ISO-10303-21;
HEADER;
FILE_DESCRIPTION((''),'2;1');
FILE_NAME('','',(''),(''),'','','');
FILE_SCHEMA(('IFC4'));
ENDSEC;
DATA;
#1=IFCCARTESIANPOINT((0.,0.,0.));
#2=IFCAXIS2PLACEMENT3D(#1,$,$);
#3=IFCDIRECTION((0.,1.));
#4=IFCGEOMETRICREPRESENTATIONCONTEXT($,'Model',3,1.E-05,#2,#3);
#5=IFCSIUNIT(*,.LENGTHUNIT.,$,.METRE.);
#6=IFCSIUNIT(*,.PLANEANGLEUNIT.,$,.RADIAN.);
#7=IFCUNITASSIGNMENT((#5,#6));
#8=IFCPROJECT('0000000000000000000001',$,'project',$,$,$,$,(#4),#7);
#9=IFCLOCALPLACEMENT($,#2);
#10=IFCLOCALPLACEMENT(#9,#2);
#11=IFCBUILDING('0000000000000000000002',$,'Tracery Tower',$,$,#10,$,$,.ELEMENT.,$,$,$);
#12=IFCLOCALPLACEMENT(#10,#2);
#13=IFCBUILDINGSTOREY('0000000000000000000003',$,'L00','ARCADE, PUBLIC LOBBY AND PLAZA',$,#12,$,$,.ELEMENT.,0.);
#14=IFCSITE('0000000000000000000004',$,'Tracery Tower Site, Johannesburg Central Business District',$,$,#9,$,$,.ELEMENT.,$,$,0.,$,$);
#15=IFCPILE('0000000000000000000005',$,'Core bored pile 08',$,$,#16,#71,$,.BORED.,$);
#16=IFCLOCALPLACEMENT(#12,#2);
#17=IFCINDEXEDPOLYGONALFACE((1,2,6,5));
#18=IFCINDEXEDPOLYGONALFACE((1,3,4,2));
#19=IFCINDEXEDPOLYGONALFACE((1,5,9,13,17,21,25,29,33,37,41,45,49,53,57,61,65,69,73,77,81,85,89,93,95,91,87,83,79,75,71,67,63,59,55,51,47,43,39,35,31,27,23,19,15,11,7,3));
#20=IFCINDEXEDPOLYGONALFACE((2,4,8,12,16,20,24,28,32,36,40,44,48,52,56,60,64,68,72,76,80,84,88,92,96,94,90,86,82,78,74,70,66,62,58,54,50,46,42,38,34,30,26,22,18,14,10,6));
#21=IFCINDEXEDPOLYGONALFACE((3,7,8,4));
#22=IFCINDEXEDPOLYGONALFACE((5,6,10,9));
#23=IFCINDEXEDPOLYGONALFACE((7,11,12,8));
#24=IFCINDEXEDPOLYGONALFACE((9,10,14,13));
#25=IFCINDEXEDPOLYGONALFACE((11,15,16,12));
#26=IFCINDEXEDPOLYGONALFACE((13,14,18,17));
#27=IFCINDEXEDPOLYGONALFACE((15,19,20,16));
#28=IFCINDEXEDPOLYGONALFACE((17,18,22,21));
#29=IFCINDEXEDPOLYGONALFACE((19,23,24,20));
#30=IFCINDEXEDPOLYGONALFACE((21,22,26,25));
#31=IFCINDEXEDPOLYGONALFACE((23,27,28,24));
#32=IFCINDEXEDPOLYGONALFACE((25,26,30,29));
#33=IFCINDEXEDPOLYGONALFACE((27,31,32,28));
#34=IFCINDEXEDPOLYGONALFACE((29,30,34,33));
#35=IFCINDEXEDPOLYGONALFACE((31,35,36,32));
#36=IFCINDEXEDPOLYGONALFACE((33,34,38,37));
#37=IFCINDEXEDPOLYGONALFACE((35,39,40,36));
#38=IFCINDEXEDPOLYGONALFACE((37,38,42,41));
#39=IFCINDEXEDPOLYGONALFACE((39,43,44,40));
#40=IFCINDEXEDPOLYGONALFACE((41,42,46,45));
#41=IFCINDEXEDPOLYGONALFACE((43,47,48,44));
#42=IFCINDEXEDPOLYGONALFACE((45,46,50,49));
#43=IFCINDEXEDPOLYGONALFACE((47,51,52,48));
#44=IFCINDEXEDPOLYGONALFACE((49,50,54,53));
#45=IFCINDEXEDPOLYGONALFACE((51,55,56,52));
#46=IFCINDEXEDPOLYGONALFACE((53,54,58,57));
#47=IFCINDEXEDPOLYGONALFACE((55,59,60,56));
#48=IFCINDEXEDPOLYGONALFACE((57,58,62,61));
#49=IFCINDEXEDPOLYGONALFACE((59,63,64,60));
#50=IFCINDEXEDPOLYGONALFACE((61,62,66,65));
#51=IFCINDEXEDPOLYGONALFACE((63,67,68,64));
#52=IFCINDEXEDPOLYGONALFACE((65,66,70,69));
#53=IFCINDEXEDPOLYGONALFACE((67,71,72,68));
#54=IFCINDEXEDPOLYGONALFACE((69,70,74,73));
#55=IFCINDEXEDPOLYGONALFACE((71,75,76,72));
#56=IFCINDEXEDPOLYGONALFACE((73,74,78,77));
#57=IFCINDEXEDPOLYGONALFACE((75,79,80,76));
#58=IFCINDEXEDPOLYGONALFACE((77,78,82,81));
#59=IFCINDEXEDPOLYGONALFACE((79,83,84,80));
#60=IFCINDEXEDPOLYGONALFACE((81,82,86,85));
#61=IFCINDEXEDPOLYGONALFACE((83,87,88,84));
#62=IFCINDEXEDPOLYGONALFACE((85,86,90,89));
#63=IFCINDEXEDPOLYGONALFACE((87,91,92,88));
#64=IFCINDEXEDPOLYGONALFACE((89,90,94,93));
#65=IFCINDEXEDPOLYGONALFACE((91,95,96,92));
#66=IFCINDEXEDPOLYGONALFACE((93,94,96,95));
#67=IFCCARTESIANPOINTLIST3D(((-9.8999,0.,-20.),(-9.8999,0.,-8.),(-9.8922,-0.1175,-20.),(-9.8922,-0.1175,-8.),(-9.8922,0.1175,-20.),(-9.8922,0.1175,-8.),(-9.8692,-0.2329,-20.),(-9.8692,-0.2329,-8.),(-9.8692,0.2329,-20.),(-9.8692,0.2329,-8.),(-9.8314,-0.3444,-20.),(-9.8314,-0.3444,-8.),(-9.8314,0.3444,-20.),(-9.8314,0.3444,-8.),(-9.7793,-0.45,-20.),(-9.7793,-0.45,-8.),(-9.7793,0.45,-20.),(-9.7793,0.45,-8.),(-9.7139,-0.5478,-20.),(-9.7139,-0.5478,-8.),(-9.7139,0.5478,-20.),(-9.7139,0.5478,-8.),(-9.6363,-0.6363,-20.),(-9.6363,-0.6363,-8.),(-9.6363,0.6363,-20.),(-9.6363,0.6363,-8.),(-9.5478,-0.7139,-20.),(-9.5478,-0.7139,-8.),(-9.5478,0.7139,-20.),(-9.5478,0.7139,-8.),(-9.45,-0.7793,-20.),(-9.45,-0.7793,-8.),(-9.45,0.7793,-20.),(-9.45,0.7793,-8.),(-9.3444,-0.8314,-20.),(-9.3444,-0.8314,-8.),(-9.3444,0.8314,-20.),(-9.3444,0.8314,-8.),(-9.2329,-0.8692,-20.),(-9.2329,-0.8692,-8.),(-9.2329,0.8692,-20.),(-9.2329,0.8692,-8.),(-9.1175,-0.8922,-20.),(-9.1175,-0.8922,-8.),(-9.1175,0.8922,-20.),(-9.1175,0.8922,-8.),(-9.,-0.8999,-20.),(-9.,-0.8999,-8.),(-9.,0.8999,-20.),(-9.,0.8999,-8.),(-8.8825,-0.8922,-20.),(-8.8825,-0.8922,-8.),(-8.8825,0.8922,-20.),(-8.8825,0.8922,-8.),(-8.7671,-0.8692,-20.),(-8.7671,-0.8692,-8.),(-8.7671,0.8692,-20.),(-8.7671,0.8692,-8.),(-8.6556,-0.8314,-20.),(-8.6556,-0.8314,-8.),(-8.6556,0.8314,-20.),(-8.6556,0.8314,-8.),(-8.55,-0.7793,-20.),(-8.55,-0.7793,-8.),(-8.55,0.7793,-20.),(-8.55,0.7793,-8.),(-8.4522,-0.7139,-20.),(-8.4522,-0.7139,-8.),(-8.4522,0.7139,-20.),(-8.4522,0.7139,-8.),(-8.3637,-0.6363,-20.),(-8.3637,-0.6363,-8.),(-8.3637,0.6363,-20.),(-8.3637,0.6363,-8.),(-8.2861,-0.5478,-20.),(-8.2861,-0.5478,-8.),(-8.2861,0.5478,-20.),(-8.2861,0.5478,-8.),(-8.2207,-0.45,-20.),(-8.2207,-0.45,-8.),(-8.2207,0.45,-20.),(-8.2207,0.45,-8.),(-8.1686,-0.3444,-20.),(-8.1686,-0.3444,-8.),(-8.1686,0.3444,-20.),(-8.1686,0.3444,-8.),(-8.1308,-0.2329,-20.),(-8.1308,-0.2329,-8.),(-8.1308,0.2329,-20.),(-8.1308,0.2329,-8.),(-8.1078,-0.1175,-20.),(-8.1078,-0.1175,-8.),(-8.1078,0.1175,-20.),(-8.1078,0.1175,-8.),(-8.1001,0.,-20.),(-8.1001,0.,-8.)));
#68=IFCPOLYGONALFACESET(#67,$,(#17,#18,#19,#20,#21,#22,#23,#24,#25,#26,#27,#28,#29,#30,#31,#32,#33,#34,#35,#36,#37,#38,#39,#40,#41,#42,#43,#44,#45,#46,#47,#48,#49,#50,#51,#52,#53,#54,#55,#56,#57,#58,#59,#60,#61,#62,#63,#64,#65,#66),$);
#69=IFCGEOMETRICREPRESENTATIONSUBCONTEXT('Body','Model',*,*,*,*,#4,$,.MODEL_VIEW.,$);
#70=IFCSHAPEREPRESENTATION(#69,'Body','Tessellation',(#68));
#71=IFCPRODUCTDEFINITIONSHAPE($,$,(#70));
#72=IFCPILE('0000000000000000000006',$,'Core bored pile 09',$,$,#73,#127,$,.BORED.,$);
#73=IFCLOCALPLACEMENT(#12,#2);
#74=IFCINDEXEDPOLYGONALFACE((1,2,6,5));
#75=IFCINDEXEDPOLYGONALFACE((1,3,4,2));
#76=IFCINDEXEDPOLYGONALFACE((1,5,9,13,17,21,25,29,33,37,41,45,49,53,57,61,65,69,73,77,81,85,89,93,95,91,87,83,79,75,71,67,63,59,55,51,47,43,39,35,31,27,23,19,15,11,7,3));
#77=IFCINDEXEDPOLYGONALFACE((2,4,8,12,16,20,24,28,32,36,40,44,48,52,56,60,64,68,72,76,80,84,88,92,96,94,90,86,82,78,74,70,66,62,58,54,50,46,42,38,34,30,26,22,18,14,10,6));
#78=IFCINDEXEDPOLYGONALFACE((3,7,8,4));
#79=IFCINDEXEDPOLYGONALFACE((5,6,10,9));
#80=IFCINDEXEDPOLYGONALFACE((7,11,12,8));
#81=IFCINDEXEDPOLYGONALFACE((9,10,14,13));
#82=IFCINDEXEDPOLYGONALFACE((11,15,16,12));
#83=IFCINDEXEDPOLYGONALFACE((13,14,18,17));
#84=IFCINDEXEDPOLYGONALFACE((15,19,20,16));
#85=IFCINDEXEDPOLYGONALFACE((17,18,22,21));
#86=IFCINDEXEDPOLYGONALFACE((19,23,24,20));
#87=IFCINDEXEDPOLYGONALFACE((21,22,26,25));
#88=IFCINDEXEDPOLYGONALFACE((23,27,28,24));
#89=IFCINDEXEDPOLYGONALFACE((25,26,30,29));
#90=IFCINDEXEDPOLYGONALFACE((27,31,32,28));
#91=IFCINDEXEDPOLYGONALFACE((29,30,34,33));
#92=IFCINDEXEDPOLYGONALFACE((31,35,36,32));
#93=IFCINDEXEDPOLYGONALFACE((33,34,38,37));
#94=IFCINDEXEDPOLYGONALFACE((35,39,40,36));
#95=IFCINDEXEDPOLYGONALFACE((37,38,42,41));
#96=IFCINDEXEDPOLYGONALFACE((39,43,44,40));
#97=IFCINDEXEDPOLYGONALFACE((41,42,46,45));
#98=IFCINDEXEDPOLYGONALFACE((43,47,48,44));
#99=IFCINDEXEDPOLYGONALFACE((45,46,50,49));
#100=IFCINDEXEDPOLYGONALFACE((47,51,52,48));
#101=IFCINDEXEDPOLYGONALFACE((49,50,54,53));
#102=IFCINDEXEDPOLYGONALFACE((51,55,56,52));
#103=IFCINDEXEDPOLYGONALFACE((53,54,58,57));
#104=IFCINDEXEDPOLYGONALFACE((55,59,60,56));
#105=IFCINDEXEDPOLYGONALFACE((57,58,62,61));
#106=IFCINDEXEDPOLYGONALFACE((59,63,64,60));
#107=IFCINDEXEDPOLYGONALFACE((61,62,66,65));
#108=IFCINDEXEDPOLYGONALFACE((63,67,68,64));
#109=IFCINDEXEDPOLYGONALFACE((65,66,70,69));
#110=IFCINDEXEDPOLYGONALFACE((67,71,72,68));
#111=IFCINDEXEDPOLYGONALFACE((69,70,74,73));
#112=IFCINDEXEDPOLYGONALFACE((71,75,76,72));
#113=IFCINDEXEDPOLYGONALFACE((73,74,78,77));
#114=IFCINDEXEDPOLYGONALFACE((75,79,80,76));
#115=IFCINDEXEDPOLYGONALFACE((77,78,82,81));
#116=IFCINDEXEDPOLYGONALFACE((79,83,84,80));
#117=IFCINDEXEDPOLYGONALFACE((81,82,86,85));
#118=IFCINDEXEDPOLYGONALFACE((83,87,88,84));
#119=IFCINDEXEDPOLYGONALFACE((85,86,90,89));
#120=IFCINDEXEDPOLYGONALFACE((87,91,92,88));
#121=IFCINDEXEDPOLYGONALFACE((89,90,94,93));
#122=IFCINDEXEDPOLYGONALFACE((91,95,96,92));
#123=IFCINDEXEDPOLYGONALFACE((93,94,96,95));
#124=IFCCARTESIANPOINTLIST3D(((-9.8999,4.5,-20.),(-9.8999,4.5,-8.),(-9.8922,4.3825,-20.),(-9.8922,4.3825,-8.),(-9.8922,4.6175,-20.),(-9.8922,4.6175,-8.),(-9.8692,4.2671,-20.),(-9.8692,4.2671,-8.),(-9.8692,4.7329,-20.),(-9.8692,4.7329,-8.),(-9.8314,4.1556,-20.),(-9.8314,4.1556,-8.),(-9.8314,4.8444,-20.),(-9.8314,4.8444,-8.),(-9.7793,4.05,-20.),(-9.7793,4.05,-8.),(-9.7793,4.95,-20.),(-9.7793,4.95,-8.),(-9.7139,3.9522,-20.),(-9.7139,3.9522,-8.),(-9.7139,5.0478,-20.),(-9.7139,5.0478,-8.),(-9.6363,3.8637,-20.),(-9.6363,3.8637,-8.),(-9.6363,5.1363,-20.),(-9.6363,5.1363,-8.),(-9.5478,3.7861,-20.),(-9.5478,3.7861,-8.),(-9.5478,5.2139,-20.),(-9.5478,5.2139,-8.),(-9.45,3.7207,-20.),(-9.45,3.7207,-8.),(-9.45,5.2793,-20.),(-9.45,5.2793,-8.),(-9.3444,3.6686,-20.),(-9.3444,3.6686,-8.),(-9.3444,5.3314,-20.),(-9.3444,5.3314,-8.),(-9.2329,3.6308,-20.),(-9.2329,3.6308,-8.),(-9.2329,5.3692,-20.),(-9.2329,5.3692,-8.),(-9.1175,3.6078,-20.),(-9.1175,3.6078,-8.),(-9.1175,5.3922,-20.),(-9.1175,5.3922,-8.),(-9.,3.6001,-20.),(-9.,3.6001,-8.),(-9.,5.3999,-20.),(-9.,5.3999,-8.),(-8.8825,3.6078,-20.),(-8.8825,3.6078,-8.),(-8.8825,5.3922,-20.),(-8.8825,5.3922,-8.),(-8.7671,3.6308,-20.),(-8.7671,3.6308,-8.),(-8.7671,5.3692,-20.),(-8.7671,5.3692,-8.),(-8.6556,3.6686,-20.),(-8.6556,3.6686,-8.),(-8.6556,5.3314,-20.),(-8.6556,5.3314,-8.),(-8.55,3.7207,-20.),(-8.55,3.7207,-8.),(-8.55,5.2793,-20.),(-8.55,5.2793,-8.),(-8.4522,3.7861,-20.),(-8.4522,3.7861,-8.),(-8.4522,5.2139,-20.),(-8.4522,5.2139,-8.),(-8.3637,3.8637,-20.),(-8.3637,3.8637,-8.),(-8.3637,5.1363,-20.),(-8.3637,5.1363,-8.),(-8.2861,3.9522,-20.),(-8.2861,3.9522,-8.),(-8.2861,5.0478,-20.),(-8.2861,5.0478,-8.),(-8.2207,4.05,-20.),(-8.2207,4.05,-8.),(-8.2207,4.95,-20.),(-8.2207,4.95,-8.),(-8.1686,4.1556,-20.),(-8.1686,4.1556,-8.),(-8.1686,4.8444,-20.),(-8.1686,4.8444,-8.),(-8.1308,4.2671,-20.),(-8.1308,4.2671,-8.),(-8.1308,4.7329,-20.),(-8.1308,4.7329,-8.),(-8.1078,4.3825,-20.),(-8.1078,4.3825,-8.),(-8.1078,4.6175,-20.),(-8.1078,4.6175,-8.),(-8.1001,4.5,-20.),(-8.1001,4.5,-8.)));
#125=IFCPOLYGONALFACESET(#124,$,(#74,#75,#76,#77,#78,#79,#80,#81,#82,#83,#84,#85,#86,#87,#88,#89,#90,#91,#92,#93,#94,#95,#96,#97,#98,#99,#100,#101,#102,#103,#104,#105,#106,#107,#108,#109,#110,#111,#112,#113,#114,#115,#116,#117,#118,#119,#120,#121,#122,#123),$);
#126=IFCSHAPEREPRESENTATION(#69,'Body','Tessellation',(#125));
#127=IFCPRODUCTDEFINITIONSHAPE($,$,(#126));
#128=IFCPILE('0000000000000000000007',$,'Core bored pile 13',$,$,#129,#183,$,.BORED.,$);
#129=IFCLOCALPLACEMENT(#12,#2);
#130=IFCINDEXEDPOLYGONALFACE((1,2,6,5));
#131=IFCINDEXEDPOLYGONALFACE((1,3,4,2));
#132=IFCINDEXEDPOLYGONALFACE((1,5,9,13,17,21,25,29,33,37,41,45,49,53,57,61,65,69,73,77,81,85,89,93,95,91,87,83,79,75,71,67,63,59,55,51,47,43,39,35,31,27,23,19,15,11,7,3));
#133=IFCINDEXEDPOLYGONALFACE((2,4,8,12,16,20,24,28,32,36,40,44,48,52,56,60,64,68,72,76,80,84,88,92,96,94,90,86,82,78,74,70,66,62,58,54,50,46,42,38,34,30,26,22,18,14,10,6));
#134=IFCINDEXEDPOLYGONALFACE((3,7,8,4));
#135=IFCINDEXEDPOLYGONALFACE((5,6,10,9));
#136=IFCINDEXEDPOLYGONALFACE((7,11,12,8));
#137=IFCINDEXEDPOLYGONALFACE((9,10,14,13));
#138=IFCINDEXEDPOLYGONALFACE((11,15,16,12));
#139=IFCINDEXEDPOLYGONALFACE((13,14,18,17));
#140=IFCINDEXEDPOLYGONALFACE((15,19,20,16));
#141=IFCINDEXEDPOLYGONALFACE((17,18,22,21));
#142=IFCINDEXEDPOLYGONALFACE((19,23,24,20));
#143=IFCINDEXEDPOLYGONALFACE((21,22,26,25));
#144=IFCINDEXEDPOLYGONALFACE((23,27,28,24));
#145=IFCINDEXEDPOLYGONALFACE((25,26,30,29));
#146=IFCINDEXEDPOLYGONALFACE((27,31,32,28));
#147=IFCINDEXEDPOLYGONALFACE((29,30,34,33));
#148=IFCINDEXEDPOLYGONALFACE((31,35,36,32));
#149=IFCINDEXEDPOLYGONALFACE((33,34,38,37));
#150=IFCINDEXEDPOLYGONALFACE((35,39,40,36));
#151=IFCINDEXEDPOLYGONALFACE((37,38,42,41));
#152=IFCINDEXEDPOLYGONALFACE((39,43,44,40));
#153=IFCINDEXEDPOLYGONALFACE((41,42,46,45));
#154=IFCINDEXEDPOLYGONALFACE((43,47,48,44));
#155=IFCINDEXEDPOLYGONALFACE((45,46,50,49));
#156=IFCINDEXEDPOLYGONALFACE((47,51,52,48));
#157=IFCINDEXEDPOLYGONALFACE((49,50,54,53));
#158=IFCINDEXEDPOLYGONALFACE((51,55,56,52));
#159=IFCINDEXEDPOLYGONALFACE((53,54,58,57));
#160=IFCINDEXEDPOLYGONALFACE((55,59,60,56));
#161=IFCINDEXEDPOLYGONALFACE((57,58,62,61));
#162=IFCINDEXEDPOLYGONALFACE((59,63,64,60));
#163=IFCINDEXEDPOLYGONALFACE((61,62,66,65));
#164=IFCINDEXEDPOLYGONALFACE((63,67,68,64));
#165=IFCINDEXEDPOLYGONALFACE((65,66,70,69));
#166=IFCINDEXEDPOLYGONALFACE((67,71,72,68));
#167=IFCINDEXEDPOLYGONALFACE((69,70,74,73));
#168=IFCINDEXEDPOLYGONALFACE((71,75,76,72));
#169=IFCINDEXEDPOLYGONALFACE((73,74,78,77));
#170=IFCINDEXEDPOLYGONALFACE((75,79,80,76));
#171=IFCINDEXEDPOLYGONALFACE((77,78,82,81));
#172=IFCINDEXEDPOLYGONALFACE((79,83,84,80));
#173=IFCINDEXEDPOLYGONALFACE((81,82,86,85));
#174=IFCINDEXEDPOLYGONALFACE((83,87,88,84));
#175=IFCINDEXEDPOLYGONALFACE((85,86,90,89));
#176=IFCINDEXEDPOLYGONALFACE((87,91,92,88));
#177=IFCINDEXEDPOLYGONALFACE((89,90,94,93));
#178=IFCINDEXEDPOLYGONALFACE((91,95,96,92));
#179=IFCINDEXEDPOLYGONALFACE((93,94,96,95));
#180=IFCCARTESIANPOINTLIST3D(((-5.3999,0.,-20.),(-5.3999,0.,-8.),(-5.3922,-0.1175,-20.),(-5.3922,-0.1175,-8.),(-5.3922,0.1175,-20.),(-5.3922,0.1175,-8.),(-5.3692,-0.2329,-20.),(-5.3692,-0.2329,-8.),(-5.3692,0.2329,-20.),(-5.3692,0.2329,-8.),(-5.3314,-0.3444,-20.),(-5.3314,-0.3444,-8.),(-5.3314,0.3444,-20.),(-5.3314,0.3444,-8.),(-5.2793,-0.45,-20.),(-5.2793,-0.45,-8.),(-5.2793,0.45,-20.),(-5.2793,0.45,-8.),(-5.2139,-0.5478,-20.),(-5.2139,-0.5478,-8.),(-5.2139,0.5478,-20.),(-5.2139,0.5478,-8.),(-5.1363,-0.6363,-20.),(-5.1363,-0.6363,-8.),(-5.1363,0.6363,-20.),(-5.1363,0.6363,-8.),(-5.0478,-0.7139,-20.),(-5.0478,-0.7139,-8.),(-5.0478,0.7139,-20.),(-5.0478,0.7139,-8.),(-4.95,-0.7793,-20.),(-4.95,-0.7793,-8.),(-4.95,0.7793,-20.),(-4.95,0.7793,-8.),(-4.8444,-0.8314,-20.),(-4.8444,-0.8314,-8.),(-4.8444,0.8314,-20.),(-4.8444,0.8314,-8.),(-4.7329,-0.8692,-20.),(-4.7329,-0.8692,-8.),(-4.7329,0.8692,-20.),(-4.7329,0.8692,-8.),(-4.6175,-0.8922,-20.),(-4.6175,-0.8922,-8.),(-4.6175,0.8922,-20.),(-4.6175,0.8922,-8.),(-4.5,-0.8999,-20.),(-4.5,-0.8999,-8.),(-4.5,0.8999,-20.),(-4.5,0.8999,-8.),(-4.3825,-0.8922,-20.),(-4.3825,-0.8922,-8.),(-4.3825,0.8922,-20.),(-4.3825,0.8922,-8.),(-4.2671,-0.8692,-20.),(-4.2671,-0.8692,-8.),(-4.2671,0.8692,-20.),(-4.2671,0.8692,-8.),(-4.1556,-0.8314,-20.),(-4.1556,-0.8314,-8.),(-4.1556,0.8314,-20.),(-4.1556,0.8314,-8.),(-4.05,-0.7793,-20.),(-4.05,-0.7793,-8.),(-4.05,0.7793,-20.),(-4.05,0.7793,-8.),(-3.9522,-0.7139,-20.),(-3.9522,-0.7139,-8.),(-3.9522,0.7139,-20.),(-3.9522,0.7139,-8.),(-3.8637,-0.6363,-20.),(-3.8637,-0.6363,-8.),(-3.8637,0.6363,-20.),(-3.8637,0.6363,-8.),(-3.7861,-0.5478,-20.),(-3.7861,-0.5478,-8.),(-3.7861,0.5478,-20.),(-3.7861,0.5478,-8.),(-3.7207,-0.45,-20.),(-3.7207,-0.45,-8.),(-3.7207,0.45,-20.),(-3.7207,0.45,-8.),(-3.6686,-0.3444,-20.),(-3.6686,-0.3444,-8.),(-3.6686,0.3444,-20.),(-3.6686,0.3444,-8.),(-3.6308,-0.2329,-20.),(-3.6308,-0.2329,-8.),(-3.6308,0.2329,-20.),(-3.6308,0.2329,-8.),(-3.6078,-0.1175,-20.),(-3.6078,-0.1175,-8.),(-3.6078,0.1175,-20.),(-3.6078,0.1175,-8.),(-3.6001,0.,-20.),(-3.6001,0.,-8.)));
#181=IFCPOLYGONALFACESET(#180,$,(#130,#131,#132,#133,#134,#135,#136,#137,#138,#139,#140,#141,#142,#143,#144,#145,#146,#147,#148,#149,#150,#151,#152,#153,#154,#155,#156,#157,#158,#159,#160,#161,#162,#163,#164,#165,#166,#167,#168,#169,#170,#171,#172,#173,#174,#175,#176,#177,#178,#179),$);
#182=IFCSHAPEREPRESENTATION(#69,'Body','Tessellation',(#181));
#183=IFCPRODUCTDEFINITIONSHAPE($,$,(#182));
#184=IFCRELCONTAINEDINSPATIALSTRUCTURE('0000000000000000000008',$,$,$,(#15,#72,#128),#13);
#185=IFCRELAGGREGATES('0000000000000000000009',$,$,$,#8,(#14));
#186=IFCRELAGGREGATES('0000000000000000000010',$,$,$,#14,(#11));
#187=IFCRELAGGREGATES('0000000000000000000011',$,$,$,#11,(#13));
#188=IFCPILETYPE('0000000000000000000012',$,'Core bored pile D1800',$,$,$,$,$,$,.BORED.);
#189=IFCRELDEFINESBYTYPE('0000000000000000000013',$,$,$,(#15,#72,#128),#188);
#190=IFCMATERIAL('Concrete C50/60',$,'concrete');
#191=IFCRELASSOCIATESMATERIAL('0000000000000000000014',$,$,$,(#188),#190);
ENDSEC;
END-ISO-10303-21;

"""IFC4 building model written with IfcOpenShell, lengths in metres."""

from ifc_helpers import new_model, si_unit, direction, frame, origin, origin_2d, place, context, subcontext, project, spatial, circle, extrude, material, material_profile, profile_set, type_object, element, save


model = new_model("IFC4")

# Units and contexts
model_context = context("Model", 3, precision=1e-05, world=origin(), true_north=direction((0.0, 1.0)))
body_context = subcontext(model_context, "Body", "Model", "MODEL_VIEW")
ifc_project = project(units=[si_unit("LENGTHUNIT", "METRE"), si_unit("PLANEANGLEUNIT", "RADIAN")], contexts=[model_context])

# Site, building, storey
site_placement = place(None, origin())
site = spatial("IfcSite", under=ifc_project, at=site_placement, Name="Tracery Tower Site, Johannesburg Central Business District", CompositionType="ELEMENT", RefElevation=0.0)
building_placement = place(site_placement, origin())
building = spatial("IfcBuilding", under=site, at=building_placement, Name="Tracery Tower", CompositionType="ELEMENT")
storey_placement = place(building_placement, origin())
storey = spatial("IfcBuildingStorey", under=building, at=storey_placement, Name="L00", Description="ARCADE, PUBLIC LOBBY AND PLAZA", CompositionType="ELEMENT", Elevation=0.0)

# Piles
ifc_material_1 = material(Name="Concrete C50/60", Category="concrete")
ifc_material_profile = material_profile(ifc_material_1, circle(Radius=0.8999, at=origin_2d()), Name="RC D1800")
ifc_profile_set = profile_set([ifc_material_profile], Name="Concrete C50/60")
pile_type = type_object("IfcPileType", Name="Core bored pile D1800", PredefinedType="BORED", material=ifc_profile_set)
for number, where, z_axis, x_axis, name in (
    (1, (-9.0, 0.0, -8.0), (0.0, 0.0, -1.0), (1.0, 0.0, 0.0), "Core bored pile 08"),
    (2, (-9.0, 4.5, -8.0), (0.0, 0.0, -1.0), (1.0, 0.0, 0.0), "Core bored pile 09"),
    (3, (-4.5, 0.0, -8.0), (0.0, 0.0, -1.0), (1.0, 0.0, 0.0), "Core bored pile 13"),
):
    element("IfcPile", number, at=place(storey_placement, frame(where, z_axis=z_axis, x_axis=x_axis)), inside=storey, type_object=pile_type, Name=name, PredefinedType="BORED", context=body_context, shape_type="SweptSolid", body=[
        extrude(circle(Radius=0.8999, at=origin_2d()), origin(), (0.0, 0.0, 1.0), 12.0),
    ])

save(model, "model.ifc")
